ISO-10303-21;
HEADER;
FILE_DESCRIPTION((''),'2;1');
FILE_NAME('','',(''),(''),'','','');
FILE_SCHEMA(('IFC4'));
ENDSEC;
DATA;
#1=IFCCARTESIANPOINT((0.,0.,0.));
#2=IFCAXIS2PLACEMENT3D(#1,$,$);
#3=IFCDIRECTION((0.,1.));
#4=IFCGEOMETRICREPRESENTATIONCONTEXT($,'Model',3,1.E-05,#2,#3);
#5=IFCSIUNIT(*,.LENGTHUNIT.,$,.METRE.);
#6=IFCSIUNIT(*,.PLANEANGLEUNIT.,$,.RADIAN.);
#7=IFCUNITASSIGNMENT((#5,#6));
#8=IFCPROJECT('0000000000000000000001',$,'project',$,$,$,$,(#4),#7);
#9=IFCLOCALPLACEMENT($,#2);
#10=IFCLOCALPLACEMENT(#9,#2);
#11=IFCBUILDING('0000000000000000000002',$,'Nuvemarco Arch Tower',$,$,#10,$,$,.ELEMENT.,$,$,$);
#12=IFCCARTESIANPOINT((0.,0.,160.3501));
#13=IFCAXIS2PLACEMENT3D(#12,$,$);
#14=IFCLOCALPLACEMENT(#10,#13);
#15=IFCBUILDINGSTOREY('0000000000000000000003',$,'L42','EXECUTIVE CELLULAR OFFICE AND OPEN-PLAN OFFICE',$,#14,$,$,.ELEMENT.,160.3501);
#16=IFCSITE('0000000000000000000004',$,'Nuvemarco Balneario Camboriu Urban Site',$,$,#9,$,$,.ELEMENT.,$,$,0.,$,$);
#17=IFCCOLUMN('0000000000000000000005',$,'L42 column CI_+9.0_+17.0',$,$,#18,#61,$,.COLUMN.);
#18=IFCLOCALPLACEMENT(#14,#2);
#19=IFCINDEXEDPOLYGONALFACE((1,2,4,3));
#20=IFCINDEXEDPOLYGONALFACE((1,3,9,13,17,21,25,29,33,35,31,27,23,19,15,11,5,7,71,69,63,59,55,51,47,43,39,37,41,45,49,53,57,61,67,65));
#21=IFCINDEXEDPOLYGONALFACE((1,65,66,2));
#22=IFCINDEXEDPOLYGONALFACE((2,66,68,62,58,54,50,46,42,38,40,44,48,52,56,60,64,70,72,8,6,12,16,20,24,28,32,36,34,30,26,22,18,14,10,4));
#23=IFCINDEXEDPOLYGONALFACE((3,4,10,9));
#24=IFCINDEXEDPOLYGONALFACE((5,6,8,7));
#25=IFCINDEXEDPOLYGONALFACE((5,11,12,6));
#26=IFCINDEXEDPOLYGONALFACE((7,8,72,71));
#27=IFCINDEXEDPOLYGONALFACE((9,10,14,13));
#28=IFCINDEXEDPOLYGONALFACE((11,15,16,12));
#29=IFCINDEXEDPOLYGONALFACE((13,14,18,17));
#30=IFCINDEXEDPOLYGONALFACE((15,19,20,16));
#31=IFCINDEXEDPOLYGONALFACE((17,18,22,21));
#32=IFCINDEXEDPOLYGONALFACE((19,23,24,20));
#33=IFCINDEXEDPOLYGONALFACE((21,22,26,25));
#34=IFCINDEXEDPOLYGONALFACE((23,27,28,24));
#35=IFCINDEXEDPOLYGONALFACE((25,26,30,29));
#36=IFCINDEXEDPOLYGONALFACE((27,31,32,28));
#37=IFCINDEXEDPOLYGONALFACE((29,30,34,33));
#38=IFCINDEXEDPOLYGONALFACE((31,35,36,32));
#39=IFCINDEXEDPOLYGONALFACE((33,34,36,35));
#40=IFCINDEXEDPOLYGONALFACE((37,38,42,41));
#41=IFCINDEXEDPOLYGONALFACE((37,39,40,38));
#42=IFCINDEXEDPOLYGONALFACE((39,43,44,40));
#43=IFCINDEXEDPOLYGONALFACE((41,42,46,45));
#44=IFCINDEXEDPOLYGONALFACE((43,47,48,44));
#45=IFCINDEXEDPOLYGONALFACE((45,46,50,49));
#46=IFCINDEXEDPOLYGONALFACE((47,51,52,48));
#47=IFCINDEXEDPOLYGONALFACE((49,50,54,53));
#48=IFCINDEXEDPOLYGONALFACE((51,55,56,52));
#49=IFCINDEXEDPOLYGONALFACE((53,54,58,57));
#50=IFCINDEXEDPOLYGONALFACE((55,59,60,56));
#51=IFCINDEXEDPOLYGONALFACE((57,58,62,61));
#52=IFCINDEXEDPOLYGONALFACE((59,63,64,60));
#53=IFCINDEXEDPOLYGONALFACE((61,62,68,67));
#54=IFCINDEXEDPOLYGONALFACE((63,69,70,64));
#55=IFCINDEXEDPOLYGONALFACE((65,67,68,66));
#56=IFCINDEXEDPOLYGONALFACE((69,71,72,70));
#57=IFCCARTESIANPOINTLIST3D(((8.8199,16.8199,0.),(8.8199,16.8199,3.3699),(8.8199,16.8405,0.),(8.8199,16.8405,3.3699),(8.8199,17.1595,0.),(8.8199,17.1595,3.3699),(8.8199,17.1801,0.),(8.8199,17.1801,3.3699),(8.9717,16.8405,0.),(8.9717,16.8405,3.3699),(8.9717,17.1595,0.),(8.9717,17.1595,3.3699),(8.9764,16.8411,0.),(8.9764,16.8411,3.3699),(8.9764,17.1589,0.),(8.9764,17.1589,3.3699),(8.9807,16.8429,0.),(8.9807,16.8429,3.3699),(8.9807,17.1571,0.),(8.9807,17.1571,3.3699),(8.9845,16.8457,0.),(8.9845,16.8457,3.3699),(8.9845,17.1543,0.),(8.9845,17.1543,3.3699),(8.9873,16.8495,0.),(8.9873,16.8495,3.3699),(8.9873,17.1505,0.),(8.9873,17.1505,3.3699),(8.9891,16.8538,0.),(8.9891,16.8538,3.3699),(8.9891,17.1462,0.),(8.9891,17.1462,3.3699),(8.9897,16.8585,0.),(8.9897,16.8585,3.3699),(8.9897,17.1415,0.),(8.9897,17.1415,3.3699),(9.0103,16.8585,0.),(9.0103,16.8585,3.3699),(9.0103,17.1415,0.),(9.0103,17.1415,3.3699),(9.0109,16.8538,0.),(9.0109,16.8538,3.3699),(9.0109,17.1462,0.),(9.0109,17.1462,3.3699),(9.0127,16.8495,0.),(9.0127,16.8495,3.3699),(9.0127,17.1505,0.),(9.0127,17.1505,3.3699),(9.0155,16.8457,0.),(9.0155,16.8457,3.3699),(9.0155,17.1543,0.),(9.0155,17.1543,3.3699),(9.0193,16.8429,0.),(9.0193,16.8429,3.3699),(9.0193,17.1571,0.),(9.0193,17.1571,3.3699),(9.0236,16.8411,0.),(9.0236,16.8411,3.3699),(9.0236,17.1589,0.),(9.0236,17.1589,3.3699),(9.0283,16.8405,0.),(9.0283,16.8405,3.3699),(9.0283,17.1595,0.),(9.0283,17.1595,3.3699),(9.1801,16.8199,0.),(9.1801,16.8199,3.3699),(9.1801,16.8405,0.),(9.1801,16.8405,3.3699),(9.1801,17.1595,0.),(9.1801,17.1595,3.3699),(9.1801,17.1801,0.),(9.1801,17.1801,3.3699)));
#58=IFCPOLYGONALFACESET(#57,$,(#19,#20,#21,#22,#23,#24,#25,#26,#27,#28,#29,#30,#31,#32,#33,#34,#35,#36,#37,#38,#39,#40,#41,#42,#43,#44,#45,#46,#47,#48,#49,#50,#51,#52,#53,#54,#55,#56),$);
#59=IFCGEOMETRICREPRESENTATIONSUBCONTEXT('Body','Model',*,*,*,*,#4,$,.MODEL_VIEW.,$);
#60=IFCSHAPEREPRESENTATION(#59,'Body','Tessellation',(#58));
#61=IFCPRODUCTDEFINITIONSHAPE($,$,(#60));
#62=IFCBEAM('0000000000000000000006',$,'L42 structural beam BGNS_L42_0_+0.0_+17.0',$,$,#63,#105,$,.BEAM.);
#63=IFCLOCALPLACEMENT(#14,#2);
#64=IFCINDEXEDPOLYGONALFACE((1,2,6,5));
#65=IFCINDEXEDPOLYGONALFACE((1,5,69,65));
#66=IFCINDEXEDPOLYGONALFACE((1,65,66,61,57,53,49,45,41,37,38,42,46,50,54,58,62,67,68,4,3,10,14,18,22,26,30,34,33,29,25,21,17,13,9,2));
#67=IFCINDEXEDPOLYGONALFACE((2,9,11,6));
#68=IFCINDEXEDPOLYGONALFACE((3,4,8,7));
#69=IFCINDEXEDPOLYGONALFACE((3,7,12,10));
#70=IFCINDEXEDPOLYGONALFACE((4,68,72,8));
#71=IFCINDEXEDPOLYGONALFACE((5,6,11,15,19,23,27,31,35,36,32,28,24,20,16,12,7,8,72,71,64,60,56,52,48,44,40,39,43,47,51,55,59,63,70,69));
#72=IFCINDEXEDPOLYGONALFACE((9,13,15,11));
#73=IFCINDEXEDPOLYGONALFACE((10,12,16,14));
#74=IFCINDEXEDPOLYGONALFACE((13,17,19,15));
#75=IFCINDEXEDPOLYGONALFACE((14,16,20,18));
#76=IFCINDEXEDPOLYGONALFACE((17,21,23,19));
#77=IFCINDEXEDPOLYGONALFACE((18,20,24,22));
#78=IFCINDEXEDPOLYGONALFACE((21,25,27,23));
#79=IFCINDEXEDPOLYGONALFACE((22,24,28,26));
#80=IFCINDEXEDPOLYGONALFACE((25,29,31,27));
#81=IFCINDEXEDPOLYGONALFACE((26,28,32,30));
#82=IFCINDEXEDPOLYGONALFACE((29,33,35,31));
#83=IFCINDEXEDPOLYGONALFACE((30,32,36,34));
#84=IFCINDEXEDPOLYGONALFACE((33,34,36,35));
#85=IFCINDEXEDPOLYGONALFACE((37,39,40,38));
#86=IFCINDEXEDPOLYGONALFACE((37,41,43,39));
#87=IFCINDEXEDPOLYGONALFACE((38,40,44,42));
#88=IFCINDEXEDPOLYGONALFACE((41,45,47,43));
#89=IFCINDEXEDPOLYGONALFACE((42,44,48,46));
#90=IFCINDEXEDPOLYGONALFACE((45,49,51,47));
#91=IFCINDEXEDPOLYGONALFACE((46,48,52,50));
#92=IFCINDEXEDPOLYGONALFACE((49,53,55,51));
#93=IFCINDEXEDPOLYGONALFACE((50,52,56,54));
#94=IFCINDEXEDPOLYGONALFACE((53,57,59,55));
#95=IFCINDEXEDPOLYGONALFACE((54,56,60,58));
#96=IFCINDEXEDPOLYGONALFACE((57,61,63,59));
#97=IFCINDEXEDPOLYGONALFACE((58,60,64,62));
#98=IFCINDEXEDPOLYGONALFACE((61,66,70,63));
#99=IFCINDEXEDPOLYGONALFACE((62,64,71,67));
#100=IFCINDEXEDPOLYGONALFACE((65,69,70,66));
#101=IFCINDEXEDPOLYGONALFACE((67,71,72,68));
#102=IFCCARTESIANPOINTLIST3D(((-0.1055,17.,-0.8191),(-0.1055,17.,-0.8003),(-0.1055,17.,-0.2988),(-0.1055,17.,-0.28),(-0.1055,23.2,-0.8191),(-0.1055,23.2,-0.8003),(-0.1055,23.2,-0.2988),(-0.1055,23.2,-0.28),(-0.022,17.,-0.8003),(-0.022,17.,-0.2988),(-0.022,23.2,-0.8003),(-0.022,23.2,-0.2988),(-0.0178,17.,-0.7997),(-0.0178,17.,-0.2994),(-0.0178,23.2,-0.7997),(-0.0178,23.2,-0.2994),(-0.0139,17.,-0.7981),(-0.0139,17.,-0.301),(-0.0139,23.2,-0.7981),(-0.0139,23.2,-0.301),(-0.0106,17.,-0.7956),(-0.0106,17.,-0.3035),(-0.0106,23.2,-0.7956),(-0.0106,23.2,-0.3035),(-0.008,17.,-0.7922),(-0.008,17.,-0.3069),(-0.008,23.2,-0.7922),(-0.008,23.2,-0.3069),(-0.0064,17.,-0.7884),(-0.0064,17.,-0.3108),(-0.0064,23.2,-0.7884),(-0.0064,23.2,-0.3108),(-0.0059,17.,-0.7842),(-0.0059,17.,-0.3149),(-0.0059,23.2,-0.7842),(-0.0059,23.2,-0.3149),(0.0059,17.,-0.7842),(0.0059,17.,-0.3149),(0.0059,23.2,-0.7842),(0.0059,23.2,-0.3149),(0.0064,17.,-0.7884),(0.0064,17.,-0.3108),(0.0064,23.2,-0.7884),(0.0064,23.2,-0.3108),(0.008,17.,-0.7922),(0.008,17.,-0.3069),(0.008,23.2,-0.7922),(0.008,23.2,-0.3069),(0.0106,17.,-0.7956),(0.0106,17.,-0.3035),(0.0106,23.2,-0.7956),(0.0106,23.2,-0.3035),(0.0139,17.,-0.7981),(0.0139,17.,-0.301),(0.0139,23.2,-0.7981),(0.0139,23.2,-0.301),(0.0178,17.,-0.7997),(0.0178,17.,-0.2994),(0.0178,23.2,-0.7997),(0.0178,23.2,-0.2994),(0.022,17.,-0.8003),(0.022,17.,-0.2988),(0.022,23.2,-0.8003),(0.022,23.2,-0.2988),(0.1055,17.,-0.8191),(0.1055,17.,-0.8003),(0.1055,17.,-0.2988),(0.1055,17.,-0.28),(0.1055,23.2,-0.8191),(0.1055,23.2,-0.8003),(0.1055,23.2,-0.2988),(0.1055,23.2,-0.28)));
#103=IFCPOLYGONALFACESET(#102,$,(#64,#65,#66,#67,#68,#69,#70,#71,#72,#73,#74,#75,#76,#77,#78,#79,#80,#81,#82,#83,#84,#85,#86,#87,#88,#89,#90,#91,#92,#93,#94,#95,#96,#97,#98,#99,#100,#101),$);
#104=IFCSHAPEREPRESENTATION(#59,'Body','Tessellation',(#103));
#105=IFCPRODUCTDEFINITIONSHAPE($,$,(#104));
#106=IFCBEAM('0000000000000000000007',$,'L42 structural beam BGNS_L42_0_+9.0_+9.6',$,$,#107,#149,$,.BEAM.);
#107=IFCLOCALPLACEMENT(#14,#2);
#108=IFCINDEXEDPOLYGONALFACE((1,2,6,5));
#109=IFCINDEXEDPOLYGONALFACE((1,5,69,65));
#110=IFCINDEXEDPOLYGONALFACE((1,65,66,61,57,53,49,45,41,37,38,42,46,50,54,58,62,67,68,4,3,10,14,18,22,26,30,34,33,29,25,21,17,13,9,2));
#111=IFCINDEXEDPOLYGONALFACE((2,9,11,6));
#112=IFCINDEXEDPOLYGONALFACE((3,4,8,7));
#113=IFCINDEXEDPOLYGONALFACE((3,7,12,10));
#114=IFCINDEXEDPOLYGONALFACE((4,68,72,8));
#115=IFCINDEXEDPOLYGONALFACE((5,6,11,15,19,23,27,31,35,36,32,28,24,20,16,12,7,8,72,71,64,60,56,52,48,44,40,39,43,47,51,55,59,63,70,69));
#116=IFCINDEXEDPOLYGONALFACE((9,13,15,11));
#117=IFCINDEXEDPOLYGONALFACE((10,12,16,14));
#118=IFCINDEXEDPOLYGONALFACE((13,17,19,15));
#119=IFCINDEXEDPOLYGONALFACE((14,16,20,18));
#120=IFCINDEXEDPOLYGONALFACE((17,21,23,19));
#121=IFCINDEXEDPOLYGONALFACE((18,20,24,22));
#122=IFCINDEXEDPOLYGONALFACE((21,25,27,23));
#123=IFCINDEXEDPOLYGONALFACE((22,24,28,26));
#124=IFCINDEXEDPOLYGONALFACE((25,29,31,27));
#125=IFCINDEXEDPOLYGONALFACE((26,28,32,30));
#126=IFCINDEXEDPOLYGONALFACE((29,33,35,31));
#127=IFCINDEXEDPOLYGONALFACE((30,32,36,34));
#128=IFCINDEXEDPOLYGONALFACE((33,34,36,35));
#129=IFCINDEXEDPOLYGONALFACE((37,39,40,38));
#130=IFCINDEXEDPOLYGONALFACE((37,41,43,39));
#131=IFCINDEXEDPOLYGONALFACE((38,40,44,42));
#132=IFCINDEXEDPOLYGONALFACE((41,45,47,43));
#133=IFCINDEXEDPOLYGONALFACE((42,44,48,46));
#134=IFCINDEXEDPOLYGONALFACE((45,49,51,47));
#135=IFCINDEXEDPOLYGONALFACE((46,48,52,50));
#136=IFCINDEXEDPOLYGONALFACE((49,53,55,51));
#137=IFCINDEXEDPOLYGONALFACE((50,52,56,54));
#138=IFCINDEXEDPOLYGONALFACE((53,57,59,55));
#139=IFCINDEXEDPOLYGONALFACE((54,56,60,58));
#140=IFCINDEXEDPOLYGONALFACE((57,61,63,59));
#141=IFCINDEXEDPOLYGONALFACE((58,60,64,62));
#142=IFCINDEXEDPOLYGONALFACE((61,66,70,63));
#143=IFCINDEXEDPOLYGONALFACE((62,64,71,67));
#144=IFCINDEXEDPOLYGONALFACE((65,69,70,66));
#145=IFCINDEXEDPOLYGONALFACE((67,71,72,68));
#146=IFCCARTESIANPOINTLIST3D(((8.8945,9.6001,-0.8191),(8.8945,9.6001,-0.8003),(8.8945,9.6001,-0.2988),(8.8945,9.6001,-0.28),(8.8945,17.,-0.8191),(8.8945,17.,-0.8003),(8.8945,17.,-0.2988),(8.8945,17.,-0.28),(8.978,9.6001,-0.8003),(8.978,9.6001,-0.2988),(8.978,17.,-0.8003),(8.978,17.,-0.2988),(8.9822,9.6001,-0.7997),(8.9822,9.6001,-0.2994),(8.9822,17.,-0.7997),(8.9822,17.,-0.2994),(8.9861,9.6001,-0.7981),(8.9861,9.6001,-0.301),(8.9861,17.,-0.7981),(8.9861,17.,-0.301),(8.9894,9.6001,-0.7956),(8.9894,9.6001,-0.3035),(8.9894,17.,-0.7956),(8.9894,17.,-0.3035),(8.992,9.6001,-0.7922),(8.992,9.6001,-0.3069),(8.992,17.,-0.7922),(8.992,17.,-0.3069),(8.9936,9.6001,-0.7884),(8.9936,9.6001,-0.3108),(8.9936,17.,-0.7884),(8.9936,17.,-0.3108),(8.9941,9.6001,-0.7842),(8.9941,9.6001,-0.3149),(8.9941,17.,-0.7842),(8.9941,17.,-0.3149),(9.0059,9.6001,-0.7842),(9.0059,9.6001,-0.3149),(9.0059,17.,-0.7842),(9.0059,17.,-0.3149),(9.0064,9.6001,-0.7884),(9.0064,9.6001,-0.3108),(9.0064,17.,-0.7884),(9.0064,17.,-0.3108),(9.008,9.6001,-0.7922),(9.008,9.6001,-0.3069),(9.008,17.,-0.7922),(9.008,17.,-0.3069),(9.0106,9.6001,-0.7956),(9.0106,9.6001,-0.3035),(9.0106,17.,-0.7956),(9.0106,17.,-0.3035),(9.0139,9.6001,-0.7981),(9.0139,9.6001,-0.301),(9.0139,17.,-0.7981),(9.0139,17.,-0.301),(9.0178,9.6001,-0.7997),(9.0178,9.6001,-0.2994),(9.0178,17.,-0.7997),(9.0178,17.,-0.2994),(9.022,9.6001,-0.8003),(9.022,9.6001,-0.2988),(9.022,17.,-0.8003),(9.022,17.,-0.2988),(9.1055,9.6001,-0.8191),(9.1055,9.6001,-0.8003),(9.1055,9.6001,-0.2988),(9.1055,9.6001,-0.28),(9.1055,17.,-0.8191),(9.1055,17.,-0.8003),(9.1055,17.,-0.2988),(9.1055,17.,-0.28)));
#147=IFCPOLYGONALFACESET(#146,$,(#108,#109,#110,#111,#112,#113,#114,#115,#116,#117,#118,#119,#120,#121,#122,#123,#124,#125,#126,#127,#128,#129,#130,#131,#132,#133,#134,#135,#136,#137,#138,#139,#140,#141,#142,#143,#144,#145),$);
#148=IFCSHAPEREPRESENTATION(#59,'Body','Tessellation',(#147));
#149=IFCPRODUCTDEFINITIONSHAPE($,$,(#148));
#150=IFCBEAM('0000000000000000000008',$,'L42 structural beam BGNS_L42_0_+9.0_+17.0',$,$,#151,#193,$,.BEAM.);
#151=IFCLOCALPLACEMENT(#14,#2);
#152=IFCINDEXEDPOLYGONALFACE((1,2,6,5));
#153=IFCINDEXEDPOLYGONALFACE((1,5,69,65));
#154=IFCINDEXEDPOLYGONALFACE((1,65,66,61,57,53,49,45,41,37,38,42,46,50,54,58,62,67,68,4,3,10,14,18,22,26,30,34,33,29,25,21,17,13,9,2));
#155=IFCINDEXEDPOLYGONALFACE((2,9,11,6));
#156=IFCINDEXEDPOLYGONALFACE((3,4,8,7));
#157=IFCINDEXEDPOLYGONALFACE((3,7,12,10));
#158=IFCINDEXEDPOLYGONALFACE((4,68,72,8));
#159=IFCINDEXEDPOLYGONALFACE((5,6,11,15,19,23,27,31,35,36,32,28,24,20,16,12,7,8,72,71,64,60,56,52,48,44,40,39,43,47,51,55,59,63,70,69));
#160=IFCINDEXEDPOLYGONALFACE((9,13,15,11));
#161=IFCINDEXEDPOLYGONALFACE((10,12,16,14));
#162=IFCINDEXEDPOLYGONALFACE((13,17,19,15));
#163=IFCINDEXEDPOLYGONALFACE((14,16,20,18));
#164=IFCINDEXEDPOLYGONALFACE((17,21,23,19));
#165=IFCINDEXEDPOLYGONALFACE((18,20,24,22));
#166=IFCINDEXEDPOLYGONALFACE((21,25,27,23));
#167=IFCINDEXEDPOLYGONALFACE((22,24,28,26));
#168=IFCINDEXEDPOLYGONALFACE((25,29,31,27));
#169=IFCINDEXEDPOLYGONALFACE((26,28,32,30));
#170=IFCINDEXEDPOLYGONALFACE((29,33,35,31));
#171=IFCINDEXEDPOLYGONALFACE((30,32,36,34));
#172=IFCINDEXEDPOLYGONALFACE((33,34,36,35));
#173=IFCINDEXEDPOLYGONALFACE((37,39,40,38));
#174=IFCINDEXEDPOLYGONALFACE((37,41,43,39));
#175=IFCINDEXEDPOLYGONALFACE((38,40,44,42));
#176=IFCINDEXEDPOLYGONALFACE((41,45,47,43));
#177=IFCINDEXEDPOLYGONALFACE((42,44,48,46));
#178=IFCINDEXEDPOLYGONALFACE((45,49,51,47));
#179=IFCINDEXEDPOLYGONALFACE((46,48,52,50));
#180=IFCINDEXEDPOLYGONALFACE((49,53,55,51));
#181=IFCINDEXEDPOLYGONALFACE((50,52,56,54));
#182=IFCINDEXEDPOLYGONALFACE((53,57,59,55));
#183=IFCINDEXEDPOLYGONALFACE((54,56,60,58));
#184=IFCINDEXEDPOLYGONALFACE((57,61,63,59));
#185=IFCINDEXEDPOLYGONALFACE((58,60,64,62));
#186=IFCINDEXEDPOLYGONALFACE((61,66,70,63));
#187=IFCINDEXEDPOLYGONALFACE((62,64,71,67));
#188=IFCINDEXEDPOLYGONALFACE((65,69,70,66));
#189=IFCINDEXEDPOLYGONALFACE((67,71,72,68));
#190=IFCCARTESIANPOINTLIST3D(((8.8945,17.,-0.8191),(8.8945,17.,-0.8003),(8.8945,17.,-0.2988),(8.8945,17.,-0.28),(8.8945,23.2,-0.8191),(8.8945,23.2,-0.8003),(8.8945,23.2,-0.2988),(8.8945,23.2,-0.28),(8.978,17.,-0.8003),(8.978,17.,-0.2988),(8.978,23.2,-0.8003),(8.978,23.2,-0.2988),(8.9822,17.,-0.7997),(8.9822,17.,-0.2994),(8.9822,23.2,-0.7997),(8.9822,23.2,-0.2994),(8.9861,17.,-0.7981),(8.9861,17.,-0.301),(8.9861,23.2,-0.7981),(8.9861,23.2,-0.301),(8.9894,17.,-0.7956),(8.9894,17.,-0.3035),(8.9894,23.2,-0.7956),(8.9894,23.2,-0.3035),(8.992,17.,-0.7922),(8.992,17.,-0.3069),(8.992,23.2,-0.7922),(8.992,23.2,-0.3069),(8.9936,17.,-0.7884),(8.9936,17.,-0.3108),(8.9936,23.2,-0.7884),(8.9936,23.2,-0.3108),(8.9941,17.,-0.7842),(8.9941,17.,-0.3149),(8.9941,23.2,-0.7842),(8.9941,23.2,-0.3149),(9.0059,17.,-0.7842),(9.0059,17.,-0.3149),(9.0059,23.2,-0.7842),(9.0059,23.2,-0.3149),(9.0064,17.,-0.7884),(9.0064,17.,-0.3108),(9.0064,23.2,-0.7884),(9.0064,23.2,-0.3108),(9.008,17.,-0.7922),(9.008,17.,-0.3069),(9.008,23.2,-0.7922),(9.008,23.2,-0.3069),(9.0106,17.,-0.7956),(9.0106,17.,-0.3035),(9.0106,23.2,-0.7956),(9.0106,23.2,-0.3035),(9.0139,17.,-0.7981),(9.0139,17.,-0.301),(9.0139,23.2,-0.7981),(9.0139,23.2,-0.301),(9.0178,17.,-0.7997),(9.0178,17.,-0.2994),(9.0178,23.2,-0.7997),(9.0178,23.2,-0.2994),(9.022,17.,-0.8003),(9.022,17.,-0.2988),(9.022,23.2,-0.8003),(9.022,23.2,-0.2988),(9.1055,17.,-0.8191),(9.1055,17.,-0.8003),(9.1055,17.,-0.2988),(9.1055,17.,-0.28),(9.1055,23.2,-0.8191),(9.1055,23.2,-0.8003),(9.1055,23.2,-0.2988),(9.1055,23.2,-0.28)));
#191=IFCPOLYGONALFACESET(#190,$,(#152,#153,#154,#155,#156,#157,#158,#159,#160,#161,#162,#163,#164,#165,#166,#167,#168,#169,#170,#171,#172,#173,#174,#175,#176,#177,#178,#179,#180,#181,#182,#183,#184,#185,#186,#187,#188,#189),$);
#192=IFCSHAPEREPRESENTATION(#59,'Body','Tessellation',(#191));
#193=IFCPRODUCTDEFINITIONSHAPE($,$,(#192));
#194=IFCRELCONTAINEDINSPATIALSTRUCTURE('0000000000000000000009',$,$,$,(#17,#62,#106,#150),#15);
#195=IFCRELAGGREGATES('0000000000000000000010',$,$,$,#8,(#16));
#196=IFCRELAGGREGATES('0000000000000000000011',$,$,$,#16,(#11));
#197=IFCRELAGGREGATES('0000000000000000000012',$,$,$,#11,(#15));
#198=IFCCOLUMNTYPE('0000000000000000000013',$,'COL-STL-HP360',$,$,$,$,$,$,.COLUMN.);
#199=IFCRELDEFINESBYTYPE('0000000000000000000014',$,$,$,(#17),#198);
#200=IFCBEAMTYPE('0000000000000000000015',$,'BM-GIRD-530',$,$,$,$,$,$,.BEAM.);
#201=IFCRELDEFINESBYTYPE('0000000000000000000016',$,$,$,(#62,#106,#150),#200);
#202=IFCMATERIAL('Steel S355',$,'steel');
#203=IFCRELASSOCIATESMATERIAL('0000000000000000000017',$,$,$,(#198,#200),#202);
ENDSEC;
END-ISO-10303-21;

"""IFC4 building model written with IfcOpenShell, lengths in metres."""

from ifc_helpers import new_model, si_unit, direction, frame, origin, origin_2d, place, context, subcontext, project, spatial, i_section, extrude, material, material_profile, profile_set, type_object, element, save


model = new_model("IFC4")

# Units and contexts
model_context = context("Model", 3, precision=1e-05, world=origin(), true_north=direction((0.0, 1.0)))
body_context = subcontext(model_context, "Body", "Model", "MODEL_VIEW")
ifc_project = project(units=[si_unit("LENGTHUNIT", "METRE"), si_unit("PLANEANGLEUNIT", "RADIAN")], contexts=[model_context])

# Site, building, storey
site_placement = place(None, origin())
site = spatial("IfcSite", under=ifc_project, at=site_placement, Name="Nuvemarco Balneario Camboriu Urban Site", CompositionType="ELEMENT", RefElevation=0.0)
building_placement = place(site_placement, origin())
building = spatial("IfcBuilding", under=site, at=building_placement, Name="Nuvemarco Arch Tower", CompositionType="ELEMENT")
storey_placement = place(building_placement, frame((0.0, 0.0, 160.3501)))
storey = spatial("IfcBuildingStorey", under=building, at=storey_placement, Name="L42", Description="EXECUTIVE CELLULAR OFFICE AND OPEN-PLAN OFFICE", CompositionType="ELEMENT", Elevation=160.3501)

# Column
ifc_material_1 = material(Name="Steel S355", Category="steel")
ifc_material_profile_1 = material_profile(ifc_material_1, i_section(OverallWidth=0.3601, OverallDepth=0.3601, WebThickness=0.0205, FlangeThickness=0.0205, FilletRadius=0.0181, at=origin_2d()), Name="HP360x174")
ifc_profile_set_1 = profile_set([ifc_material_profile_1], Name="Steel S355")
column_type_1 = type_object("IfcColumnType", Name="COL-STL-HP360", PredefinedType="COLUMN", material=ifc_profile_set_1)
for number, where, z_axis, x_axis, name in (
    (1, (9.0, 17.0, 0.0), (0.0, 0.0, 1.0), (1.0, 0.0, 0.0), "L42 column CI_+9.0_+17.0"),
):
    element("IfcColumn", number, at=place(storey_placement, frame(where, z_axis=z_axis, x_axis=x_axis)), inside=storey, type_object=column_type_1, Name=name, PredefinedType="COLUMN", context=body_context, shape_type="SweptSolid", body=[
        extrude(i_section(OverallWidth=0.3601, OverallDepth=0.3601, WebThickness=0.0205, FlangeThickness=0.0205, FilletRadius=0.0181, at=origin_2d()), origin(), (0.0, 0.0, 1.0), 3.3699),
    ])

# Beams
ifc_material_profile_2 = material_profile(ifc_material_1, i_section(OverallWidth=0.2109, OverallDepth=0.5391, WebThickness=0.0117, FlangeThickness=0.0188, FilletRadius=0.0161, at=origin_2d()), Name="W530x109")
ifc_profile_set_2 = profile_set([ifc_material_profile_2], Name="Steel S355")
beam_type_1 = type_object("IfcBeamType", Name="BM-GIRD-530", PredefinedType="BEAM", material=ifc_profile_set_2)
beam_1_placement = place(storey_placement, frame((0.0, 17.0, -0.5496), z_axis=(0.0, 1.0, 0.0), x_axis=(-1.0, 0.0, 0.0)))
element("IfcBeam", 2, at=beam_1_placement, inside=storey, type_object=beam_type_1, Name="L42 structural beam BGNS_L42_0_+0.0_+17.0", PredefinedType="BEAM", context=body_context, shape_type="SweptSolid", body=[
    extrude(i_section(OverallWidth=0.2109, OverallDepth=0.5391, WebThickness=0.0117, FlangeThickness=0.0188, FilletRadius=0.0161, at=origin_2d()), origin(), (0.0, 0.0, 1.0), 6.2),
])
beam_2_placement = place(storey_placement, frame((9.0, 9.6001, -0.5496), z_axis=(0.0, 1.0, 0.0), x_axis=(-1.0, 0.0, 0.0)))
element("IfcBeam", 3, at=beam_2_placement, inside=storey, type_object=beam_type_1, Name="L42 structural beam BGNS_L42_0_+9.0_+9.6", PredefinedType="BEAM", context=body_context, shape_type="SweptSolid", body=[
    extrude(i_section(OverallWidth=0.2109, OverallDepth=0.5391, WebThickness=0.0117, FlangeThickness=0.0188, FilletRadius=0.0161, at=origin_2d()), origin(), (0.0, 0.0, 1.0), 7.3999),
])
beam_3_placement = place(storey_placement, frame((9.0, 17.0, -0.5496), z_axis=(0.0, 1.0, 0.0), x_axis=(-1.0, 0.0, 0.0)))
element("IfcBeam", 4, at=beam_3_placement, inside=storey, type_object=beam_type_1, Name="L42 structural beam BGNS_L42_0_+9.0_+17.0", PredefinedType="BEAM", context=body_context, shape_type="SweptSolid", body=[
    extrude(i_section(OverallWidth=0.2109, OverallDepth=0.5391, WebThickness=0.0117, FlangeThickness=0.0188, FilletRadius=0.0161, at=origin_2d()), origin(), (0.0, 0.0, 1.0), 6.2),
])

save(model, "model.ifc")
